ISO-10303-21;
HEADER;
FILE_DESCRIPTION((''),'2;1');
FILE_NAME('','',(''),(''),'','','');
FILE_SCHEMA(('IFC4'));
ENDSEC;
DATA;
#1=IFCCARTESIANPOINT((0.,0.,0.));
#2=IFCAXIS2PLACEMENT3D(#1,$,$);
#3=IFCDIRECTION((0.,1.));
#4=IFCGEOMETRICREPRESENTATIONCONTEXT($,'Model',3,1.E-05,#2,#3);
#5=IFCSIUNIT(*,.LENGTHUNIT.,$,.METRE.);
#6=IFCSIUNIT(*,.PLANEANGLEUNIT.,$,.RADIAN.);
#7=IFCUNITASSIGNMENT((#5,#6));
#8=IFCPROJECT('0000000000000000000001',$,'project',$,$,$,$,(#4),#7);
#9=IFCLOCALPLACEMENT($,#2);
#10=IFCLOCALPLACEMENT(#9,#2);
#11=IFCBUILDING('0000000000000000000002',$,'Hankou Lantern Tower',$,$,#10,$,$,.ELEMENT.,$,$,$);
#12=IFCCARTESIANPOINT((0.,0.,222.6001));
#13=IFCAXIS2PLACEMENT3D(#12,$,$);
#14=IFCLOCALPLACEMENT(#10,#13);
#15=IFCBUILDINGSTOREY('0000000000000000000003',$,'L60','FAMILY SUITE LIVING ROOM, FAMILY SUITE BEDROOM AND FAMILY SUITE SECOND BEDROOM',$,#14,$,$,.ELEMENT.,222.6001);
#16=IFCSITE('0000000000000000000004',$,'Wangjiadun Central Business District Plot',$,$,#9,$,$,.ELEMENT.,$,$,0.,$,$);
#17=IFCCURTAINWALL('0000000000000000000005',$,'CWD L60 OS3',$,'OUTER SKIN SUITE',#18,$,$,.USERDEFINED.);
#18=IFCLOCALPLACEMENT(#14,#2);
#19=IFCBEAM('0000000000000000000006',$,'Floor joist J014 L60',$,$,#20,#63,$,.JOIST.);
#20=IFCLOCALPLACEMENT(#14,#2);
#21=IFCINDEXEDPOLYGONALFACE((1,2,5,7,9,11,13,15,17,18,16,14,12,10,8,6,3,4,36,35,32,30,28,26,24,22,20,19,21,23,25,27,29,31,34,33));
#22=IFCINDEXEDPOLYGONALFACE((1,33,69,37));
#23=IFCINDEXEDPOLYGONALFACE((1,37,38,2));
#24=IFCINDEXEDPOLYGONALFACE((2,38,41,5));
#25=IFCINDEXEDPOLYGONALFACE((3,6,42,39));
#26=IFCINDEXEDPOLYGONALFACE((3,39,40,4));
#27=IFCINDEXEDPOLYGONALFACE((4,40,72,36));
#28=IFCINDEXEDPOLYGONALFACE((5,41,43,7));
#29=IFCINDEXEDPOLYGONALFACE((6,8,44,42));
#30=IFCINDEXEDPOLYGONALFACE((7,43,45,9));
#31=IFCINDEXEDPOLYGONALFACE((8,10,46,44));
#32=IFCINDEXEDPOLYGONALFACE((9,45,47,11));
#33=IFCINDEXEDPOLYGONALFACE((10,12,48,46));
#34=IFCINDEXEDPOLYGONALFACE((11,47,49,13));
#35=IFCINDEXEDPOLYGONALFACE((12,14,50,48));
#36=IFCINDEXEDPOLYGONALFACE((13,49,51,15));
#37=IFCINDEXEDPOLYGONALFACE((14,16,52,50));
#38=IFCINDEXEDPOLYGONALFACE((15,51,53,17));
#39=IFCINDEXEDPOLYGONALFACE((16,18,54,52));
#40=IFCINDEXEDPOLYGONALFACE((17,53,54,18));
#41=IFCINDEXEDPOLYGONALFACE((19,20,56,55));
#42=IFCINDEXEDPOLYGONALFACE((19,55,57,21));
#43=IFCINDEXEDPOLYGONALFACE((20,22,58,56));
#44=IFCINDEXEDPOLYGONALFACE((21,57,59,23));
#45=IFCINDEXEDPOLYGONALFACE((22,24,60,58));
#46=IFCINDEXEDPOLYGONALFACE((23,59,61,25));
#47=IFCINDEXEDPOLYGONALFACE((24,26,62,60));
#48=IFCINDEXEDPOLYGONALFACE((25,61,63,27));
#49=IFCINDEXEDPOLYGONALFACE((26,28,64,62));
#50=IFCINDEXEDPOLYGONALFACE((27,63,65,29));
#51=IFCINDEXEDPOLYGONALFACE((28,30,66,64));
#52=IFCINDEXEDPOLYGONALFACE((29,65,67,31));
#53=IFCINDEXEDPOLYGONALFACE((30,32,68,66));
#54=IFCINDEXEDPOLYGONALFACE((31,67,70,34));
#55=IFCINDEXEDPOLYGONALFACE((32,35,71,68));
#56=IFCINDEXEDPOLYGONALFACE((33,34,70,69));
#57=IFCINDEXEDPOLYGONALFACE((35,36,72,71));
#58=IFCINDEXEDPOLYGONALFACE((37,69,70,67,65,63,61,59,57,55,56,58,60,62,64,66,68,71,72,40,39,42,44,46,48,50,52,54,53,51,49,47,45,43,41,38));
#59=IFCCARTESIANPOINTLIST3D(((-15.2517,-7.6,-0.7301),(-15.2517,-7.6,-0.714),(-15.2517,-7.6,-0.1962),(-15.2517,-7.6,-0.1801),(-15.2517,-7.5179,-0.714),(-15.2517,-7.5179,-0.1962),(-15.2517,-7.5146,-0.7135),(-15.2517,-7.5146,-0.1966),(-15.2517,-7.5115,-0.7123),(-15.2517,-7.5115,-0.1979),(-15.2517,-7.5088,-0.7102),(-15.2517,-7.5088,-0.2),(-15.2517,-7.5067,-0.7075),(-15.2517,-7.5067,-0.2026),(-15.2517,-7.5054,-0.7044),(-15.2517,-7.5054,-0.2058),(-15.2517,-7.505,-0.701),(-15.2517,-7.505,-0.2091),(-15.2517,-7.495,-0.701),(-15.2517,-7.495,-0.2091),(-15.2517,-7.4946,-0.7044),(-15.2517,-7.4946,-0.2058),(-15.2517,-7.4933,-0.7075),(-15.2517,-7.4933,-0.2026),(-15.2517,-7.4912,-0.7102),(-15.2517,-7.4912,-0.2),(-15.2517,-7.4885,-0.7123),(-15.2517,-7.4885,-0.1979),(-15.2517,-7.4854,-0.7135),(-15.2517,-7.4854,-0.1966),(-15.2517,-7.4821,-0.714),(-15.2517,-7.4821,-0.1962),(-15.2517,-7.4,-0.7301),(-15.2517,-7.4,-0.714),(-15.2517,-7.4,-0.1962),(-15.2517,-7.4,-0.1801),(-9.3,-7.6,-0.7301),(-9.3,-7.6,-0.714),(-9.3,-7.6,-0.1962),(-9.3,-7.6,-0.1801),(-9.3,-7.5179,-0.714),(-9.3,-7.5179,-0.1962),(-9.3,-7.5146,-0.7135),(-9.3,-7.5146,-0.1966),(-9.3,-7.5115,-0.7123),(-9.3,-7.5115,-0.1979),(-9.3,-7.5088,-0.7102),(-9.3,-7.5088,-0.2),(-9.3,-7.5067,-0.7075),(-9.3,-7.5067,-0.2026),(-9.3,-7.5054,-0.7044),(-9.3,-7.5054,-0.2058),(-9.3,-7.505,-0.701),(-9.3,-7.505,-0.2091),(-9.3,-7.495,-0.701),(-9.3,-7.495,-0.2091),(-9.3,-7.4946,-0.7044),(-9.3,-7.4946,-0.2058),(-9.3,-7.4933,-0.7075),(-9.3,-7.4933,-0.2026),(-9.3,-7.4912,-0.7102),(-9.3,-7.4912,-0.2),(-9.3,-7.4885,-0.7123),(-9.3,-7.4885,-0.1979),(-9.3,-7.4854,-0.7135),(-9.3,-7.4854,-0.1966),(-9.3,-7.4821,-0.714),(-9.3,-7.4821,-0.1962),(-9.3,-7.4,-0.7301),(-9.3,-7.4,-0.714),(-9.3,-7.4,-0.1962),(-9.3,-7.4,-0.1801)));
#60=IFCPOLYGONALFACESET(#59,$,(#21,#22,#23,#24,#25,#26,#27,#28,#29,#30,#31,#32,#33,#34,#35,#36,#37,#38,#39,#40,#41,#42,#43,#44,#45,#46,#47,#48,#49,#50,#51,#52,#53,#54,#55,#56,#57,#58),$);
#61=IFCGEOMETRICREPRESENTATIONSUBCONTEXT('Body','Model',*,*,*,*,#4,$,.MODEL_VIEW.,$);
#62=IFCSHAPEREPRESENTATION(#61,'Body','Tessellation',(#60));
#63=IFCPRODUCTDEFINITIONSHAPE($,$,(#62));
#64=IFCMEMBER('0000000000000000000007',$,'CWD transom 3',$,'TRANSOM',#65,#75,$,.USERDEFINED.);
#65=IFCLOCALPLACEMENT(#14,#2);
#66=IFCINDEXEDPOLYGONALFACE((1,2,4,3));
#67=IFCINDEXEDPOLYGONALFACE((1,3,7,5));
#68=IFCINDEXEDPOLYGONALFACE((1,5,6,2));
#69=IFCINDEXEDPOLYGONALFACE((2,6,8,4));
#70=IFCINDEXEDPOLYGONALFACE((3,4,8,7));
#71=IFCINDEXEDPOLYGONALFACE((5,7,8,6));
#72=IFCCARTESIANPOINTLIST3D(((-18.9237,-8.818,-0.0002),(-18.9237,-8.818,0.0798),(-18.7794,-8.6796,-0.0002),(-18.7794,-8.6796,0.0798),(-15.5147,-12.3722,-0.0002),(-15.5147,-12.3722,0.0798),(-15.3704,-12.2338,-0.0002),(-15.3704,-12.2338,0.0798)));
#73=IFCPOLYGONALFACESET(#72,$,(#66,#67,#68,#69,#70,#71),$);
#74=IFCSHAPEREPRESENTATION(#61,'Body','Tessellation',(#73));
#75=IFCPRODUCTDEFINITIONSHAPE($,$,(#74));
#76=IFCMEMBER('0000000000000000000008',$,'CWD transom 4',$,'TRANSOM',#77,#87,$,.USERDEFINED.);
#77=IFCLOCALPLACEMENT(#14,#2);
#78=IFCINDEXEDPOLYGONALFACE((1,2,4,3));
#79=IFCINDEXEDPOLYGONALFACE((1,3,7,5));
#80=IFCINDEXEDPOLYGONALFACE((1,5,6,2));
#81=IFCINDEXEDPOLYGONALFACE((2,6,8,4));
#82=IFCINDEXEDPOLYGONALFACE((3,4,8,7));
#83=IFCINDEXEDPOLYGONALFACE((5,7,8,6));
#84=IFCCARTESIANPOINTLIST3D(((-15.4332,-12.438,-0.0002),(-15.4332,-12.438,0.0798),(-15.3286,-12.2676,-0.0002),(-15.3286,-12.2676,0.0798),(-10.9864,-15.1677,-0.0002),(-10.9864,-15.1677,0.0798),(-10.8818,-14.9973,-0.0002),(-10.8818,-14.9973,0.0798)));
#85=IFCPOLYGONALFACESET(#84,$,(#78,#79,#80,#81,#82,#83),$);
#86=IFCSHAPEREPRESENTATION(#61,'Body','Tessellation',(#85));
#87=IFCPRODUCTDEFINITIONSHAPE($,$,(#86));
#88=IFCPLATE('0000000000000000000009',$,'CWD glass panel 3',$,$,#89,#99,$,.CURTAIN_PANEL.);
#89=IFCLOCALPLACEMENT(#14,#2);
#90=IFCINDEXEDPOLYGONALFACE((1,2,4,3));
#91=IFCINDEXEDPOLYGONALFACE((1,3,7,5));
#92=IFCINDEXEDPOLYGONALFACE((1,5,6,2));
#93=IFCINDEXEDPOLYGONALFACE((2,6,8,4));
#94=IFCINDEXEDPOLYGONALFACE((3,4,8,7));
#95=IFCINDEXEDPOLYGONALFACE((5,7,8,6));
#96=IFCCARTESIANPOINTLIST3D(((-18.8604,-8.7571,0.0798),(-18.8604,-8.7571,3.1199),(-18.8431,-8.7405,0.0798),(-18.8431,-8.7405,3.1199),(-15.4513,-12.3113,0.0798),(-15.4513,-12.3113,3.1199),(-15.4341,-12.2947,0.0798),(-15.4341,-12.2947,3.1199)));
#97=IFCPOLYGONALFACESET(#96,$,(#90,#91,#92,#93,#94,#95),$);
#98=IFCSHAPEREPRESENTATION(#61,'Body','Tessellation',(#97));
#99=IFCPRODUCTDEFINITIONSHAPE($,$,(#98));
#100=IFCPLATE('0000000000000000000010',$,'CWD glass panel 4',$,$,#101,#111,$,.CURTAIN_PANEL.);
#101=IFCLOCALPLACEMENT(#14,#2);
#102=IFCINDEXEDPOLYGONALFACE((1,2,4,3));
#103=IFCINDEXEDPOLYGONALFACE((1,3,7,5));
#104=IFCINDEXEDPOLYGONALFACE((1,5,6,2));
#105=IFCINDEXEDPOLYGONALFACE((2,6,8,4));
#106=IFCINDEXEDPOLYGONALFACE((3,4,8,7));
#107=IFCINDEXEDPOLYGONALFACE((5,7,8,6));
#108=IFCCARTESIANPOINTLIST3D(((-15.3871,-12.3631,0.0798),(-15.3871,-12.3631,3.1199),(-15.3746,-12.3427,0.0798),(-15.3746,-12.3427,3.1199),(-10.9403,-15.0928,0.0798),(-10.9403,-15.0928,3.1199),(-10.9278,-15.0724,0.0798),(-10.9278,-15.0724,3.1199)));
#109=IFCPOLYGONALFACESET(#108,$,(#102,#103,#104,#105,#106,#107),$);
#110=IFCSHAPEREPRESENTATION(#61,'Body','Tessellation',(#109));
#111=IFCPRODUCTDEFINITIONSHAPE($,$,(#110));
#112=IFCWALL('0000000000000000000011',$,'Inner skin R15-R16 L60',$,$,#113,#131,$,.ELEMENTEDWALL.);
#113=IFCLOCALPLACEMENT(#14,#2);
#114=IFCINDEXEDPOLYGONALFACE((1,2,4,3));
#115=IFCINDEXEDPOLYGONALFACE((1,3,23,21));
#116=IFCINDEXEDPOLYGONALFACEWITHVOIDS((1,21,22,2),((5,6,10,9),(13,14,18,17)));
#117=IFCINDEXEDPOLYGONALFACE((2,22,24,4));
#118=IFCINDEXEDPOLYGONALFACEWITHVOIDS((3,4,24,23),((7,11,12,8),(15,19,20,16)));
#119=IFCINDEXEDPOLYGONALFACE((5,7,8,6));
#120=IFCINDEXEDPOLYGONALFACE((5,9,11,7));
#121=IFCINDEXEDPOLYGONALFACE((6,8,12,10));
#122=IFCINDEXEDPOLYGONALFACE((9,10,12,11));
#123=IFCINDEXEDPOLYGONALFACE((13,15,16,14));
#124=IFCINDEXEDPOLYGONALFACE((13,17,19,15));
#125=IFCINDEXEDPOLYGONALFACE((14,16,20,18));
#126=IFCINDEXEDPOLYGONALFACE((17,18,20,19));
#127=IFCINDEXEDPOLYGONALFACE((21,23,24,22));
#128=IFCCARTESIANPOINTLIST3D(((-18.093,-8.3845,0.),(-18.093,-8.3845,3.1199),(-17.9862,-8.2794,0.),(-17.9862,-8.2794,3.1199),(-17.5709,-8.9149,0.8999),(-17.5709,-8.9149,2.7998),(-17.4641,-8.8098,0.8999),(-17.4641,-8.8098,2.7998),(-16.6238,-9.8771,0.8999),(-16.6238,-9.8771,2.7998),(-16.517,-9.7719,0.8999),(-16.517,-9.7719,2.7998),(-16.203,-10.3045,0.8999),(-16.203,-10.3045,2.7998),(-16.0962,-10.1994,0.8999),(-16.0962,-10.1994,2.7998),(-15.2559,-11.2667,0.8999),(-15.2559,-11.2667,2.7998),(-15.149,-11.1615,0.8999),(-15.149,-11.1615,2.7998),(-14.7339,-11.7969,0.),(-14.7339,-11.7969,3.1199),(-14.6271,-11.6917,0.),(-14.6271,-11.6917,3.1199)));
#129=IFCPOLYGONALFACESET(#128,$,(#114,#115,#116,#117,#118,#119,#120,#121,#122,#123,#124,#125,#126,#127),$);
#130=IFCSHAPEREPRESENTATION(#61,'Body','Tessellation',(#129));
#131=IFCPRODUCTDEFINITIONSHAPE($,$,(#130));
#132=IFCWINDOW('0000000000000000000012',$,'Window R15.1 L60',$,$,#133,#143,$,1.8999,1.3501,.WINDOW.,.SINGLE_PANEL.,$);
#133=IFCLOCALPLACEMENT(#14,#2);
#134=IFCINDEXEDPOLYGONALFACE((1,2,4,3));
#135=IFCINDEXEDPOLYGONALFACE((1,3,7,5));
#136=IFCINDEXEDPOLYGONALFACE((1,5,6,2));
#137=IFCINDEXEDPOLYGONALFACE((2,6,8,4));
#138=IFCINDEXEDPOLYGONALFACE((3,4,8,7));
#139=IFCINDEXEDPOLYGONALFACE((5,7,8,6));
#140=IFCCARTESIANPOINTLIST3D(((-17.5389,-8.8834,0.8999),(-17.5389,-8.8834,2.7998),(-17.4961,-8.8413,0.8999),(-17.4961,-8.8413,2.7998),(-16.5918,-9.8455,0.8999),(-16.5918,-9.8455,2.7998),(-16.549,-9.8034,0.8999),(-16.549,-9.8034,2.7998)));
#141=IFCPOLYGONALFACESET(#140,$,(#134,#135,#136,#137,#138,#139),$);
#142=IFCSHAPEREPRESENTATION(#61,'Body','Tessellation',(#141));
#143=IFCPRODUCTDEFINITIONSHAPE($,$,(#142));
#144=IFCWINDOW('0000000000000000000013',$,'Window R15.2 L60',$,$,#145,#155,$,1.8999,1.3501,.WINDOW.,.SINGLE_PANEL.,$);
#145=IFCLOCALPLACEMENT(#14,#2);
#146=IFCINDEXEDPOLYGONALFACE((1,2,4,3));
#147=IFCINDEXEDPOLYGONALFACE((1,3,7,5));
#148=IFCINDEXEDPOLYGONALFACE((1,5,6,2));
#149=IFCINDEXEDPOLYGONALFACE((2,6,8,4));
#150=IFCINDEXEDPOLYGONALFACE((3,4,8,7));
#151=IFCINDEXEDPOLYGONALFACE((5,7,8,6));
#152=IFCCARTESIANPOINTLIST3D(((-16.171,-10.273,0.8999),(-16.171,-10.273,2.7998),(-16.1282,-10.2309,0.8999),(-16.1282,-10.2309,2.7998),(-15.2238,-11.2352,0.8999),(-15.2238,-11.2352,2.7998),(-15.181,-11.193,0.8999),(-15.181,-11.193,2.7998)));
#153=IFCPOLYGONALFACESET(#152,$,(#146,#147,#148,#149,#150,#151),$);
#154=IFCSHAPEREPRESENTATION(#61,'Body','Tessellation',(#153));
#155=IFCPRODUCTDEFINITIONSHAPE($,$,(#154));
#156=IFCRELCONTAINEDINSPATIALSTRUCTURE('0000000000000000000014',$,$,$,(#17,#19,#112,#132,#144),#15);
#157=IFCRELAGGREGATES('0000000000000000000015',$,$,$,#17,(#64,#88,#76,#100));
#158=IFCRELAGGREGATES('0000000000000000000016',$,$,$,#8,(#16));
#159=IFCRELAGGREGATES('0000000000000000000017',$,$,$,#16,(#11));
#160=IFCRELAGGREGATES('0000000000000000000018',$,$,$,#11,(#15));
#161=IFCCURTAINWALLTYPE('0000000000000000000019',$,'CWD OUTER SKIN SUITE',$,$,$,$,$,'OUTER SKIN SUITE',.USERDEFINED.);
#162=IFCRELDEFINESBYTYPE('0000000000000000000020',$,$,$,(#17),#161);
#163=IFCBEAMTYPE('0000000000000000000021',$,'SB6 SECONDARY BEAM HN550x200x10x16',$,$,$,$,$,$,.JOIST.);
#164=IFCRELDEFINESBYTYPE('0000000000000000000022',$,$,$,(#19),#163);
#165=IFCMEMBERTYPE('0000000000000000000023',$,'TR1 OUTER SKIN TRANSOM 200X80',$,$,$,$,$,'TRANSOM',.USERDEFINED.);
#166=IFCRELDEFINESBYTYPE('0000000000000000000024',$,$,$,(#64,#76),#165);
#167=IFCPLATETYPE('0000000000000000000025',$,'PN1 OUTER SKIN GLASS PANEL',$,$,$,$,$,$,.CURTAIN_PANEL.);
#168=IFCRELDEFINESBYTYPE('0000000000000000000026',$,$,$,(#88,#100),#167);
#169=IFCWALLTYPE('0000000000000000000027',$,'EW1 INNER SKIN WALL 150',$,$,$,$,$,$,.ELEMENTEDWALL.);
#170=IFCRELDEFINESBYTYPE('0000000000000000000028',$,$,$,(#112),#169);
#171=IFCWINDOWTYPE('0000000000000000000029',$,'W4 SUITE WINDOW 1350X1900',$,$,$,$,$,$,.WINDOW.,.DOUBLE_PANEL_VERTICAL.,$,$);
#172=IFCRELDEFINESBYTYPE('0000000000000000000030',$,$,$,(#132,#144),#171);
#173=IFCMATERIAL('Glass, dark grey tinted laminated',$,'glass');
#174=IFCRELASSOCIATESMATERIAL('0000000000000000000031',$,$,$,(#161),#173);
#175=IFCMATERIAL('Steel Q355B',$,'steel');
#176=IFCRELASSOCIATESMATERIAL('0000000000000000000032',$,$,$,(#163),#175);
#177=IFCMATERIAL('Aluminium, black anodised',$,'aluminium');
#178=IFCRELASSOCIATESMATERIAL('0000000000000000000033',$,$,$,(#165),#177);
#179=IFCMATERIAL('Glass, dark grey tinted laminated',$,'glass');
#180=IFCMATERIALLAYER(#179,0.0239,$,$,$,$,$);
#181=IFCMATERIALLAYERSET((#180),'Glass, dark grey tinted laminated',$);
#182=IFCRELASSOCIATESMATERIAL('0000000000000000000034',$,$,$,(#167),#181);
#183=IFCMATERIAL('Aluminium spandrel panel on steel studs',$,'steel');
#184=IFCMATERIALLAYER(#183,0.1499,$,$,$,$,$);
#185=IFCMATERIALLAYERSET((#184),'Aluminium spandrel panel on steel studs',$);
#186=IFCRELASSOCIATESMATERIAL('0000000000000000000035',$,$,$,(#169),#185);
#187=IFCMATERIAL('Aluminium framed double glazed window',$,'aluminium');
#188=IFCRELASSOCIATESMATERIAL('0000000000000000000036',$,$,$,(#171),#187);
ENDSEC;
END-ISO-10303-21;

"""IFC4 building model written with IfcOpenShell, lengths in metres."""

from ifc_helpers import new_model, si_unit, direction, frame, frame_2d, origin, origin_2d, place, context, subcontext, project, spatial, rectangle, i_section, extrude, material, layer, layer_set, material_profile, profile_set, type_object, element, fill, aggregate, save


model = new_model("IFC4")

# Units and contexts
model_context = context("Model", 3, precision=1e-05, world=origin(), true_north=direction((0.0, 1.0)))
body_context = subcontext(model_context, "Body", "Model", "MODEL_VIEW")
ifc_project = project(units=[si_unit("LENGTHUNIT", "METRE"), si_unit("PLANEANGLEUNIT", "RADIAN")], contexts=[model_context])

# Site, building, storey
site_placement = place(None, origin())
site = spatial("IfcSite", under=ifc_project, at=site_placement, Name="Wangjiadun Central Business District Plot", CompositionType="ELEMENT", RefElevation=0.0)
building_placement = place(site_placement, origin())
building = spatial("IfcBuilding", under=site, at=building_placement, Name="Hankou Lantern Tower", CompositionType="ELEMENT")
storey_placement = place(building_placement, frame((0.0, 0.0, 222.6001)))
storey = spatial("IfcBuildingStorey", under=building, at=storey_placement, Name="L60", Description="FAMILY SUITE LIVING ROOM, FAMILY SUITE BEDROOM AND FAMILY SUITE SECOND BEDROOM", CompositionType="ELEMENT", Elevation=222.6001)

# Curtain wall
ifc_material_1 = material(Name="Glass, dark grey tinted laminated", Category="glass")
curtain_wall_type = type_object("IfcCurtainWallType", Name="CWD OUTER SKIN SUITE", ElementType="OUTER SKIN SUITE", PredefinedType="USERDEFINED", material=ifc_material_1)
curtain_wall_placement = place(storey_placement, origin())
curtain_wall = element("IfcCurtainWall", 1, at=curtain_wall_placement, inside=storey, type_object=curtain_wall_type, Name="CWD L60 OS3", ObjectType="OUTER SKIN SUITE", PredefinedType="USERDEFINED")

# Beam
ifc_material_2 = material(Name="Steel Q355B", Category="steel")
ifc_material_profile_1 = material_profile(ifc_material_2, i_section(OverallWidth=0.2, OverallDepth=0.55, WebThickness=0.01, FlangeThickness=0.0161, FilletRadius=0.0129, at=origin_2d()), Name="HN550x200x10x16")
ifc_profile_set_1 = profile_set([ifc_material_profile_1], Name="Steel Q355B")
beam_type_1 = type_object("IfcBeamType", Name="SB6 SECONDARY BEAM HN550x200x10x16", PredefinedType="JOIST", material=ifc_profile_set_1)
beam_1_placement = place(storey_placement, frame((-15.2517, -7.5, -0.4551), z_axis=(1.0, 0.0, 0.0), x_axis=(0.0, 1.0, 0.0)))
element("IfcBeam", 2, at=beam_1_placement, inside=storey, type_object=beam_type_1, Name="Floor joist J014 L60", PredefinedType="JOIST", context=body_context, shape_type="SweptSolid", body=[
    extrude(i_section(OverallWidth=0.2, OverallDepth=0.55, WebThickness=0.01, FlangeThickness=0.0161, FilletRadius=0.0129, at=origin_2d()), origin(), (0.0, 0.0, 1.0), 5.9517),
])

# Members
ifc_material_3 = material(Name="Aluminium, black anodised", Category="aluminium")
ifc_material_profile_2 = material_profile(ifc_material_3, rectangle(XDim=0.2, YDim=0.0801, at=origin_2d()), Name="TR1 200X80")
ifc_profile_set_2 = profile_set([ifc_material_profile_2], Name="Aluminium, black anodised")
member_type_1 = type_object("IfcMemberType", Name="TR1 OUTER SKIN TRANSOM 200X80", ElementType="TRANSOM", PredefinedType="USERDEFINED", material=ifc_profile_set_2)
member_1_placement = place(storey_placement, frame((-18.8516, -8.7488, 0.0398), z_axis=(0.692205, -0.721701, 0.0), x_axis=(0.721701, 0.692205, 0.0)))
member_1 = element("IfcMember", 3, at=member_1_placement, type_object=member_type_1, Name="CWD transom 3", ObjectType="TRANSOM", PredefinedType="USERDEFINED", context=body_context, shape_type="SweptSolid", body=[
    extrude(rectangle(XDim=0.2, YDim=0.0801, at=origin_2d()), origin(), (0.0, 0.0, 1.0), 4.9248),
])
member_2_placement = place(storey_placement, frame((-15.3809, -12.3528, 0.0398), z_axis=(0.852235, -0.52316, 0.0), x_axis=(0.52316, 0.852235, 0.0)))
member_2 = element("IfcMember", 4, at=member_2_placement, type_object=member_type_1, Name="CWD transom 4", ObjectType="TRANSOM", PredefinedType="USERDEFINED", context=body_context, shape_type="SweptSolid", body=[
    extrude(rectangle(XDim=0.2, YDim=0.0801, at=origin_2d()), origin(), (0.0, 0.0, 1.0), 5.2178),
])

# Plates
ifc_material_4 = material(Name="Glass, dark grey tinted laminated", Category="glass")
ifc_layer_1 = layer(ifc_material_4, 0.0239)
ifc_layer_set_1 = layer_set([ifc_layer_1], Name="Glass, dark grey tinted laminated")
plate_type = type_object("IfcPlateType", Name="PN1 OUTER SKIN GLASS PANEL", PredefinedType="CURTAIN_PANEL", material=ifc_layer_set_1)
plate_1_placement = place(storey_placement, frame((-17.1472, -10.5259, 0.0798), z_axis=(0.0, 0.0, 1.0), x_axis=(0.692216, -0.721691, 0.0)))
plate_1 = element("IfcPlate", 5, at=plate_1_placement, type_object=plate_type, Name="CWD glass panel 3", PredefinedType="CURTAIN_PANEL", context=body_context, shape_type="SweptSolid", body=[
    extrude(rectangle(XDim=4.9248, YDim=0.0239, at=origin_2d()), origin(), (0.0, 0.0, 1.0), 3.04),
])
plate_2_placement = place(storey_placement, frame((-13.1575, -13.7178, 0.0798), z_axis=(0.0, 0.0, 1.0), x_axis=(0.852237, -0.523156, 0.0)))
plate_2 = element("IfcPlate", 6, at=plate_2_placement, type_object=plate_type, Name="CWD glass panel 4", PredefinedType="CURTAIN_PANEL", context=body_context, shape_type="SweptSolid", body=[
    extrude(rectangle(XDim=5.2178, YDim=0.0239, at=origin_2d()), origin(), (0.0, 0.0, 1.0), 3.04),
])
aggregate(curtain_wall, [member_1, plate_1, member_2, plate_2])

# Wall, openings, windows
ifc_material_5 = material(Name="Aluminium spandrel panel on steel studs", Category="steel")
ifc_layer_2 = layer(ifc_material_5, 0.1499)
ifc_layer_set_2 = layer_set([ifc_layer_2], Name="Aluminium spandrel panel on steel studs")
wall_type_1 = type_object("IfcWallType", Name="EW1 INNER SKIN WALL 150", PredefinedType="ELEMENTEDWALL", material=ifc_layer_set_2)
wall_1_placement = place(storey_placement, frame((-18.0396, -8.332, 0.0), z_axis=(0.0, 0.0, 1.0), x_axis=(0.701527, -0.712643, 0.0)))
wall_1 = element("IfcWall", 7, at=wall_1_placement, inside=storey, type_object=wall_type_1, Name="Inner skin R15-R16 L60", PredefinedType="ELEMENTEDWALL", context=body_context, shape_type="SweptSolid", body=[
    extrude(rectangle(XDim=4.7883, YDim=0.1499, at=frame_2d((2.394, 0.0))), origin(), (0.0, 0.0, 1.0), 3.1199),
])
opening_1_placement = place(wall_1_placement, frame((0.7441, 0.0, 0.8999)))
opening_1 = element("IfcOpeningElement", 8, at=opening_1_placement, cuts=wall_1, PredefinedType="OPENING", context=body_context, shape_type="SweptSolid", body=[
    extrude(rectangle(XDim=1.3501, YDim=1.8999, at=frame_2d((0.675, 0.95))), frame((0.0, 0.085, 0.0), z_axis=(0.0, -1.0, 0.0), x_axis=(1.0, 0.0, 0.0)), (0.0, 0.0, 1.0), 0.1699),
])
opening_2_placement = place(wall_1_placement, frame((2.6941, 0.0, 0.8999)))
opening_2 = element("IfcOpeningElement", 9, at=opening_2_placement, cuts=wall_1, PredefinedType="OPENING", context=body_context, shape_type="SweptSolid", body=[
    extrude(rectangle(XDim=1.3501, YDim=1.8999, at=frame_2d((0.675, 0.95))), frame((0.0, 0.085, 0.0), z_axis=(0.0, -1.0, 0.0), x_axis=(1.0, 0.0, 0.0)), (0.0, 0.0, 1.0), 0.1699),
])
ifc_material_6 = material(Name="Aluminium framed double glazed window", Category="aluminium")
window_type = type_object("IfcWindowType", Name="W4 SUITE WINDOW 1350X1900", PartitioningType="DOUBLE_PANEL_VERTICAL", PredefinedType="WINDOW", material=ifc_material_6)
window_1_placement = place(opening_1_placement, origin())
window_1 = element("IfcWindow", 10, at=window_1_placement, inside=storey, type_object=window_type, Name="Window R15.1 L60", OverallHeight=1.8999, OverallWidth=1.3501, PartitioningType="SINGLE_PANEL", PredefinedType="WINDOW", context=body_context, shape_type="SweptSolid", body=[
    extrude(rectangle(XDim=1.3501, YDim=1.8999, at=frame_2d((0.675, 0.95))), frame((0.0, 0.03, 0.0), z_axis=(0.0, -1.0, 0.0), x_axis=(1.0, 0.0, 0.0)), (0.0, 0.0, 1.0), 0.0601),
])
fill(opening_1, window_1)
window_2_placement = place(opening_2_placement, origin())
window_2 = element("IfcWindow", 11, at=window_2_placement, inside=storey, type_object=window_type, Name="Window R15.2 L60", OverallHeight=1.8999, OverallWidth=1.3501, PartitioningType="SINGLE_PANEL", PredefinedType="WINDOW", context=body_context, shape_type="SweptSolid", body=[
    extrude(rectangle(XDim=1.3501, YDim=1.8999, at=frame_2d((0.675, 0.95))), frame((0.0, 0.03, 0.0), z_axis=(0.0, -1.0, 0.0), x_axis=(1.0, 0.0, 0.0)), (0.0, 0.0, 1.0), 0.0601),
])
fill(opening_2, window_2)

save(model, "model.ifc")
